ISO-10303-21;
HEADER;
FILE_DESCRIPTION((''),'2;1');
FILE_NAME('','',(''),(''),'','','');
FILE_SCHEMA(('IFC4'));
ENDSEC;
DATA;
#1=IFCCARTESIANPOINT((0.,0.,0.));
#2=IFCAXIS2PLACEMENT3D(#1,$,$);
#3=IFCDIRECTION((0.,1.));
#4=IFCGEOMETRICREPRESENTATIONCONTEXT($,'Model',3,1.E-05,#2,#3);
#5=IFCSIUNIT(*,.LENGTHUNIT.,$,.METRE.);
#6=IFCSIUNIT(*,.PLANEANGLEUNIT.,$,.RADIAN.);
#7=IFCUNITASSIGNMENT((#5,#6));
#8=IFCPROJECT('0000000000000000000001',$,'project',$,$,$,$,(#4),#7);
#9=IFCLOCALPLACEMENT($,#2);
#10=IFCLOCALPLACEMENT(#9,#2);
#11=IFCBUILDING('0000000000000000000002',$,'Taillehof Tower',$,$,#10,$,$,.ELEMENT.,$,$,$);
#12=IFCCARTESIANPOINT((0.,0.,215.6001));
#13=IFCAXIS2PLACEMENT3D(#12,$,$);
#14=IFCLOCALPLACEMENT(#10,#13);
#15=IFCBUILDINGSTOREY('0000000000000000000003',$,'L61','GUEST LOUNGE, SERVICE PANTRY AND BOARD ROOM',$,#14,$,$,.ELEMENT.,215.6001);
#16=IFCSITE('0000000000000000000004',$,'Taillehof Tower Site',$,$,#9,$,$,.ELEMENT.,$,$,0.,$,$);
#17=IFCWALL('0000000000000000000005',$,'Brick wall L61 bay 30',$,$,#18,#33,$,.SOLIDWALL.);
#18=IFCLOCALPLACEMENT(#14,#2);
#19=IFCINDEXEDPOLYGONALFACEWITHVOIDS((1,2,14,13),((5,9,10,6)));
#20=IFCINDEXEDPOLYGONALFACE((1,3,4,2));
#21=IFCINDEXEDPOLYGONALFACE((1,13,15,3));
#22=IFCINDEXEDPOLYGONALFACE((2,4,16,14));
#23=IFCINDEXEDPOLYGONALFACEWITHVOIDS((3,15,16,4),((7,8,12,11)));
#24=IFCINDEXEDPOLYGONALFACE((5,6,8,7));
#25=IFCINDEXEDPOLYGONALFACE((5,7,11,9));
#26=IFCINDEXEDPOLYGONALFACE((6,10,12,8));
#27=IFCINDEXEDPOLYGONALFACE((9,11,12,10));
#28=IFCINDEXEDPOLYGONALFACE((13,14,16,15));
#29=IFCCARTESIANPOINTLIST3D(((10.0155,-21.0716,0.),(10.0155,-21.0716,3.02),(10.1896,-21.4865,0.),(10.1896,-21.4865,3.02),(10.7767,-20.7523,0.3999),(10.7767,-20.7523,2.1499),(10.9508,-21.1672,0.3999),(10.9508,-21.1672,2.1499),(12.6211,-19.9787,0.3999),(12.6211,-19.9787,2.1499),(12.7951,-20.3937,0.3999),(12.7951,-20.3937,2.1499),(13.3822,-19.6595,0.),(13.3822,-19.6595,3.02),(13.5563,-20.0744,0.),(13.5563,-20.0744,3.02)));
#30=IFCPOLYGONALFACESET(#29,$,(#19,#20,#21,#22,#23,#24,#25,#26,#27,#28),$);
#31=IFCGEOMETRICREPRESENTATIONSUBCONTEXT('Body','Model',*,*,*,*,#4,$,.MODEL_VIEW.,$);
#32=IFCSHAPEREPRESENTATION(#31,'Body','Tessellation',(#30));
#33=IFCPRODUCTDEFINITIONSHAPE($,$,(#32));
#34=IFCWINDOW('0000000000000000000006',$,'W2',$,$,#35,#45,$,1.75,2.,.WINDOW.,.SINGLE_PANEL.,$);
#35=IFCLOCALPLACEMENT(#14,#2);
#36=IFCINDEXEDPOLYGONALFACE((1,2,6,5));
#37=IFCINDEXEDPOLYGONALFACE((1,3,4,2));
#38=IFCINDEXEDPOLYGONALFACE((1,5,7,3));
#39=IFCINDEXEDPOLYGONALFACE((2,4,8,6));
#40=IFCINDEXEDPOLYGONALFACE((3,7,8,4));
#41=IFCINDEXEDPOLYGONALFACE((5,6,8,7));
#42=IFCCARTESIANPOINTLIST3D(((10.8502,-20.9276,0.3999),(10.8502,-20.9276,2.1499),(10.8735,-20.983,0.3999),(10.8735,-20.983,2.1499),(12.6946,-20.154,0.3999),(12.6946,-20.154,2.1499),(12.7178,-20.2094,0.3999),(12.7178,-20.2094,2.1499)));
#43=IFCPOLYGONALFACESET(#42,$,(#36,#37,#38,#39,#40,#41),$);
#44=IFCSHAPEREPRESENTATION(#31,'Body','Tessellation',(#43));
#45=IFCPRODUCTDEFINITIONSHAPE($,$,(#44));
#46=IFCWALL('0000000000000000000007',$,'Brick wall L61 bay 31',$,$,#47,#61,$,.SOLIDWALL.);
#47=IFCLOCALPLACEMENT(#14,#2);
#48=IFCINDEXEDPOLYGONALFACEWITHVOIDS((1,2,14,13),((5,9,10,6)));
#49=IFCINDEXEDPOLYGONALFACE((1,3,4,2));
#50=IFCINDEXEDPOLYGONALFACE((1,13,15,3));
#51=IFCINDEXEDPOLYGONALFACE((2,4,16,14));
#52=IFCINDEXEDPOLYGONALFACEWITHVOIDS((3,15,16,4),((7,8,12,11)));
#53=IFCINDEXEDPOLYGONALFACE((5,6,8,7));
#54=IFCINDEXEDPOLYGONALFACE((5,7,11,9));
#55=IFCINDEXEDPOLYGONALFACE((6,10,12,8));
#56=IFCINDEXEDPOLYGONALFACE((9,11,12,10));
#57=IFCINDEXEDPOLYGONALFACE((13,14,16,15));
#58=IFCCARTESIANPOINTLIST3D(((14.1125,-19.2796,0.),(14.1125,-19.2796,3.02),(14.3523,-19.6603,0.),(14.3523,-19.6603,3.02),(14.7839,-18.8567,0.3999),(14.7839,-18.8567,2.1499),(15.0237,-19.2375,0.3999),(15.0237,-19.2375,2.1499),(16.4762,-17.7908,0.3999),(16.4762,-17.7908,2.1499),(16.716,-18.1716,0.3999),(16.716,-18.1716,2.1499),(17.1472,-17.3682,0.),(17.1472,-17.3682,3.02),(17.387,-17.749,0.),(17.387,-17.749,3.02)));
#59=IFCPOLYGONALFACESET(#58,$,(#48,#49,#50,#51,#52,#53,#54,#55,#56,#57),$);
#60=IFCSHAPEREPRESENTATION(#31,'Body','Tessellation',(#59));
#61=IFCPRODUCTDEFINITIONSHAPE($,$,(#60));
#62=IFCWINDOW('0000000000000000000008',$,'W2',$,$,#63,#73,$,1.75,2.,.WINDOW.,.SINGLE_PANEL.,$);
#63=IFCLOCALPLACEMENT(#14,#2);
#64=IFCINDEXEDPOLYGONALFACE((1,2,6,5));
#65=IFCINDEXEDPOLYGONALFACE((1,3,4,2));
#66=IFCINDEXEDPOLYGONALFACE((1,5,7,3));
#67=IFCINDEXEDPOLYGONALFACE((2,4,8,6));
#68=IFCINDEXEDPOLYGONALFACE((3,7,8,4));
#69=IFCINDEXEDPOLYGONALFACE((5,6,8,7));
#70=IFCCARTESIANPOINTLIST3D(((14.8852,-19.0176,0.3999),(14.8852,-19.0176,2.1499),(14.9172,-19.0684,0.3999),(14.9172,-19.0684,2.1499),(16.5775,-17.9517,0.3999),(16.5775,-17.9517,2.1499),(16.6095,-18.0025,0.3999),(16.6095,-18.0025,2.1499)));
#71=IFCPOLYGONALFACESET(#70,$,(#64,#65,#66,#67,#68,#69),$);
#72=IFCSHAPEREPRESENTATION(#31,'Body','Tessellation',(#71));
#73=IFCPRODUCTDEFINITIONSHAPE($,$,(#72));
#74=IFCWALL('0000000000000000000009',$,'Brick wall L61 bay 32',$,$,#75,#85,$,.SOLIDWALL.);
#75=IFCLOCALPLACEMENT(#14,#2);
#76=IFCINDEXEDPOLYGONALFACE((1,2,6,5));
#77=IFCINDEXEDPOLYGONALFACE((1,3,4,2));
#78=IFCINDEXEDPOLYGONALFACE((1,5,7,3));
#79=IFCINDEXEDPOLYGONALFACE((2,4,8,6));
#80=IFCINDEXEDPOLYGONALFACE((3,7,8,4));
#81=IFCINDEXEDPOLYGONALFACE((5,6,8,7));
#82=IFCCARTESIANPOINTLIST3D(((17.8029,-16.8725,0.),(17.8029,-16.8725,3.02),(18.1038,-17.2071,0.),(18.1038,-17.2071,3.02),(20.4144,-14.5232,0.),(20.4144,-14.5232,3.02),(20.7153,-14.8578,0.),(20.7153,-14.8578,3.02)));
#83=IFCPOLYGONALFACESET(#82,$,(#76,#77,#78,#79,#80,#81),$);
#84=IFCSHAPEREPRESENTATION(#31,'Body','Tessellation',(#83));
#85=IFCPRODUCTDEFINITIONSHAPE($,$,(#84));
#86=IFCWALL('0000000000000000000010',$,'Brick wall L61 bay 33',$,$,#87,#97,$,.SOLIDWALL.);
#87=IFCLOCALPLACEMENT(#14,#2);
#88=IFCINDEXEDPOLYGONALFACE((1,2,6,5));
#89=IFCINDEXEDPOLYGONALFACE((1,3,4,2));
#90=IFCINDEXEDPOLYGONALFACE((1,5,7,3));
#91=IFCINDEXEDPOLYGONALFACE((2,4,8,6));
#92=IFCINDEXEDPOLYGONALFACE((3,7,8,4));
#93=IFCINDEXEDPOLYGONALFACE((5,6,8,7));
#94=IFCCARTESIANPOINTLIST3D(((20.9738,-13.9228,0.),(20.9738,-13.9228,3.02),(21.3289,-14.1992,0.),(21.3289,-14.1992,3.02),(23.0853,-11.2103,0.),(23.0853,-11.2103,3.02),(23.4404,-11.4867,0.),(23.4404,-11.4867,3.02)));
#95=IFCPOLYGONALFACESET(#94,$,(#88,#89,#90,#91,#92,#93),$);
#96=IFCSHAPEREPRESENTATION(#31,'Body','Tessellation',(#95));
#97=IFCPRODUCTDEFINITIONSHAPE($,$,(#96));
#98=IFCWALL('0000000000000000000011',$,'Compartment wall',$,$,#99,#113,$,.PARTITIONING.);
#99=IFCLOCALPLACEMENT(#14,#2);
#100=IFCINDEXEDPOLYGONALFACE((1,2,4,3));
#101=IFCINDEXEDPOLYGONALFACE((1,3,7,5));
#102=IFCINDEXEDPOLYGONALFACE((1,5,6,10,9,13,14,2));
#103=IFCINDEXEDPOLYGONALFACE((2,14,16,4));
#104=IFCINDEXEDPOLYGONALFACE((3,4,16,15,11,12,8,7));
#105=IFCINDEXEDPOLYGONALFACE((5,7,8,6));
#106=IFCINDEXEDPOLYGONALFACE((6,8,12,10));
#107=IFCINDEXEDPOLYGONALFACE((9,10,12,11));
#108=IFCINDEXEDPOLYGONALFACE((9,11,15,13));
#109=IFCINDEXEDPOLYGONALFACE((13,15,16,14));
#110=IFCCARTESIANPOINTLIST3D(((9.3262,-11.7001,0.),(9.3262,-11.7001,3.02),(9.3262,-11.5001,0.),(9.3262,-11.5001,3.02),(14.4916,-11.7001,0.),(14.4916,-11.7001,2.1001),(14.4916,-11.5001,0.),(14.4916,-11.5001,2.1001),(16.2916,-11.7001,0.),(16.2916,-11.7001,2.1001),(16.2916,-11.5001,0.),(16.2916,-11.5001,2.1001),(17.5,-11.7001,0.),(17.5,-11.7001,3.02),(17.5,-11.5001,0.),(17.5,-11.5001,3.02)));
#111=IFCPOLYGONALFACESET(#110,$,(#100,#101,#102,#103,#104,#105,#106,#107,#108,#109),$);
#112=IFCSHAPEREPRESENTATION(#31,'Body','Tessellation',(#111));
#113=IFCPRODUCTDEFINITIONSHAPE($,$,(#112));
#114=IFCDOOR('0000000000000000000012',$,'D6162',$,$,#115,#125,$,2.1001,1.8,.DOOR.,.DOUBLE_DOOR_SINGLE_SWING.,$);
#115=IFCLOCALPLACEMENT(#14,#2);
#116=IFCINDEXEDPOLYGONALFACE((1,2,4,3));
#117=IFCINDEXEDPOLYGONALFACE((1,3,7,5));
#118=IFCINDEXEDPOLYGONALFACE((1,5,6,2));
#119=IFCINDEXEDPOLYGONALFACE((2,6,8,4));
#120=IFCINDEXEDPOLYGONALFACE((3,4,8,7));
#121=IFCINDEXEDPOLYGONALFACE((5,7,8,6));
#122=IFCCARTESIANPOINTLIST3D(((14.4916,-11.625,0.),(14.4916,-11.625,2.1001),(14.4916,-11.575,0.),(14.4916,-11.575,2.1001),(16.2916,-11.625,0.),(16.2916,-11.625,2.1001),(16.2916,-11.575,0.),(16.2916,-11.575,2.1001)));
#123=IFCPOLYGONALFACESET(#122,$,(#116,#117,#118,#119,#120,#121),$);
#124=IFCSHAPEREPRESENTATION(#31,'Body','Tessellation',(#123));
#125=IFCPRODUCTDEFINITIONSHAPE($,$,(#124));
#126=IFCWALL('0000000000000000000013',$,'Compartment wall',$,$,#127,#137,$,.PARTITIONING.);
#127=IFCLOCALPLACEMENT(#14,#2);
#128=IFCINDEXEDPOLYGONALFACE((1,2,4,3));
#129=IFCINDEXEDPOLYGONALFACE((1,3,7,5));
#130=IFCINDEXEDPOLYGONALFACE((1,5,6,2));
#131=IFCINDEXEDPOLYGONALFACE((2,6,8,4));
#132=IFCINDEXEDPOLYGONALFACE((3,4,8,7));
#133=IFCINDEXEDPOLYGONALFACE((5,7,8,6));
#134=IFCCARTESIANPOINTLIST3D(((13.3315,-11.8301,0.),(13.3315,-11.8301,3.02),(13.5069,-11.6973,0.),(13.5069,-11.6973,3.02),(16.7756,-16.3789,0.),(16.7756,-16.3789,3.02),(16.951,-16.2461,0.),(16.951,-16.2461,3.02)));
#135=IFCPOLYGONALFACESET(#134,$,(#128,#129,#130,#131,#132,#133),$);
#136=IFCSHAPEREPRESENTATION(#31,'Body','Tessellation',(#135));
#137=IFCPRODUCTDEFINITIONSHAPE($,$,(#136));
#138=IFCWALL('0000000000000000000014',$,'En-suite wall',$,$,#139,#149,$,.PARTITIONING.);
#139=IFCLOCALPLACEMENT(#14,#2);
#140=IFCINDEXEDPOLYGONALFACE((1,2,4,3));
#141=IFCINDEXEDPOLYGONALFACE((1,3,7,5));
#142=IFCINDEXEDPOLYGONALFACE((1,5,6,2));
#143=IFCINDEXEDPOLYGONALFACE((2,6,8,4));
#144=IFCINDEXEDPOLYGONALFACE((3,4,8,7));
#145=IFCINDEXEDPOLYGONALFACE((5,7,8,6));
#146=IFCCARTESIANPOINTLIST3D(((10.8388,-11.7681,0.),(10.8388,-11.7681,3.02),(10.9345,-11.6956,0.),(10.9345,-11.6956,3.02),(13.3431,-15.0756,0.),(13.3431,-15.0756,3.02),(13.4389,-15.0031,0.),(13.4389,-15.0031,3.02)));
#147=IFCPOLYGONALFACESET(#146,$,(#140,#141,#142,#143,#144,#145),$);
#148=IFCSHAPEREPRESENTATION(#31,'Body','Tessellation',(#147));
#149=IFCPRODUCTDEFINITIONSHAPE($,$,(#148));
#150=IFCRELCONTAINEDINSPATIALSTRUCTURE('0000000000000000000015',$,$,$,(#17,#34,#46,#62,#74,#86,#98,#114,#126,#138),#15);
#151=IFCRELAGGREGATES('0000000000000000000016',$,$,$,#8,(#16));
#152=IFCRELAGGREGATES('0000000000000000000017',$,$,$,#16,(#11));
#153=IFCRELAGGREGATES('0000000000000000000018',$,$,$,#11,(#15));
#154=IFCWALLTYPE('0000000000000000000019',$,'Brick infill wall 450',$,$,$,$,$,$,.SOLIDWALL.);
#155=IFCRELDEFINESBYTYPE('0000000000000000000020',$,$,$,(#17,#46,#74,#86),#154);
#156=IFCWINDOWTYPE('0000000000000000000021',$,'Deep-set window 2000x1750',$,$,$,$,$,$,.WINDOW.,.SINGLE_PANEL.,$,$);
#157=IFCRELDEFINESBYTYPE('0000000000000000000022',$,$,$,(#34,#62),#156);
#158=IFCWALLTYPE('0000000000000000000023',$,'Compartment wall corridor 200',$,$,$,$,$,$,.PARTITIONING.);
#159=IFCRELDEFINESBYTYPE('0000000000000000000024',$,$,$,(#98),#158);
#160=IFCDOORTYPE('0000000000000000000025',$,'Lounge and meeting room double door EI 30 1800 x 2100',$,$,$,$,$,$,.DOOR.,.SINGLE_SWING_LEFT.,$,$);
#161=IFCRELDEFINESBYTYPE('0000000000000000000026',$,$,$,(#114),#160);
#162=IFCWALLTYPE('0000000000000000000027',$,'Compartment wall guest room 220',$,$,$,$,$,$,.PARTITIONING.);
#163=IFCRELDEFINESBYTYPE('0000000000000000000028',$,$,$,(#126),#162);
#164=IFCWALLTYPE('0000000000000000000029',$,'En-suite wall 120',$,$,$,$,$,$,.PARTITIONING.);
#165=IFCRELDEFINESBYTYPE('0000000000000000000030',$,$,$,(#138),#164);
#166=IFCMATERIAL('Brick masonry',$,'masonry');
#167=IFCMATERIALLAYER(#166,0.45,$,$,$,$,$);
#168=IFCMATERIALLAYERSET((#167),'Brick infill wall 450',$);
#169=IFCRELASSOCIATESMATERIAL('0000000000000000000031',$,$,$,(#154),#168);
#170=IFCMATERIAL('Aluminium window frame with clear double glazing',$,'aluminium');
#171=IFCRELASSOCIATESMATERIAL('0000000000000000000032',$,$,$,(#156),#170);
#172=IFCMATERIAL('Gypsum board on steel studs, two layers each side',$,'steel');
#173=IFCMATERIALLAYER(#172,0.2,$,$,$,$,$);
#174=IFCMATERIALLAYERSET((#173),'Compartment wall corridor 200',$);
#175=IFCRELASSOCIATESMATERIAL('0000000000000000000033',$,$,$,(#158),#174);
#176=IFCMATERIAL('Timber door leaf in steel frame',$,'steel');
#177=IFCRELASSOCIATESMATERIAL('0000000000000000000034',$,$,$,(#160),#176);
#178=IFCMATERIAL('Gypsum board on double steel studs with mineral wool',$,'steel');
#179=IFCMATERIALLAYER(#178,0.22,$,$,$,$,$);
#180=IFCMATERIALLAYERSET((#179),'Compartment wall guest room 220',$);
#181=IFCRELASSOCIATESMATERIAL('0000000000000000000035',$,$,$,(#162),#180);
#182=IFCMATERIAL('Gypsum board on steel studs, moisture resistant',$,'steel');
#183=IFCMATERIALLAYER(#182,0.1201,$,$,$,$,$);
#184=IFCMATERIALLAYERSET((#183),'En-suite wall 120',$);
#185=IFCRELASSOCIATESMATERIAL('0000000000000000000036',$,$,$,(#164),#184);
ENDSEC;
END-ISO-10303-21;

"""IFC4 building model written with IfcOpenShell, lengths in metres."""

from ifc_helpers import new_model, si_unit, direction, frame, frame_2d, origin, place, context, subcontext, project, spatial, rectangle, extrude, material, layer, layer_set, type_object, element, fill, save


model = new_model("IFC4")

# Units and contexts
model_context = context("Model", 3, precision=1e-05, world=origin(), true_north=direction((0.0, 1.0)))
body_context = subcontext(model_context, "Body", "Model", "MODEL_VIEW")
ifc_project = project(units=[si_unit("LENGTHUNIT", "METRE"), si_unit("PLANEANGLEUNIT", "RADIAN")], contexts=[model_context])

# Site, building, storey
site_placement = place(None, origin())
site = spatial("IfcSite", under=ifc_project, at=site_placement, Name="Taillehof Tower Site", CompositionType="ELEMENT", RefElevation=0.0)
building_placement = place(site_placement, origin())
building = spatial("IfcBuilding", under=site, at=building_placement, Name="Taillehof Tower", CompositionType="ELEMENT")
storey_placement = place(building_placement, frame((0.0, 0.0, 215.6001)))
storey = spatial("IfcBuildingStorey", under=building, at=storey_placement, Name="L61", Description="GUEST LOUNGE, SERVICE PANTRY AND BOARD ROOM", CompositionType="ELEMENT", Elevation=215.6001)

# Walls, openings, windows
ifc_material_1 = material(Name="Brick masonry", Category="masonry")
ifc_layer_1 = layer(ifc_material_1, 0.45)
ifc_layer_set_1 = layer_set([ifc_layer_1], Name="Brick infill wall 450")
wall_type_1 = type_object("IfcWallType", Name="Brick infill wall 450", PredefinedType="SOLIDWALL", material=ifc_layer_set_1)
wall_1_placement = place(storey_placement, frame((10.1025, -21.2791, 0.0), z_axis=(0.0, 0.0, 1.0), x_axis=(0.922168, 0.386789, 0.0)))
wall_1 = element("IfcWall", 1, at=wall_1_placement, inside=storey, type_object=wall_type_1, Name="Brick wall L61 bay 30", PredefinedType="SOLIDWALL", context=body_context, shape_type="SweptSolid", body=[
    extrude(rectangle(XDim=3.6509, YDim=0.45, at=frame_2d((1.8254, 0.0))), origin(), (0.0, 0.0, 1.0), 3.02),
])
opening_1_placement = place(wall_1_placement, frame((0.8254, 0.0, 0.3999)))
opening_1 = element("IfcOpeningElement", 2, at=opening_1_placement, cuts=wall_1, PredefinedType="OPENING", context=body_context, shape_type="SweptSolid", body=[
    extrude(rectangle(XDim=2.0, YDim=1.75, at=frame_2d((1.0, 0.875))), frame((0.0, 0.2349, 0.0), z_axis=(0.0, -1.0, 0.0), x_axis=(1.0, 0.0, 0.0)), (0.0, 0.0, 1.0), 0.47),
])
ifc_material_2 = material(Name="Aluminium window frame with clear double glazing", Category="aluminium")
window_type = type_object("IfcWindowType", Name="Deep-set window 2000x1750", PartitioningType="SINGLE_PANEL", PredefinedType="WINDOW", material=ifc_material_2)
window_1_placement = place(opening_1_placement, origin())
window_1 = element("IfcWindow", 3, at=window_1_placement, inside=storey, type_object=window_type, Name="W2", OverallHeight=1.75, OverallWidth=2.0, PartitioningType="SINGLE_PANEL", PredefinedType="WINDOW", context=body_context, shape_type="SweptSolid", body=[
    extrude(rectangle(XDim=2.0, YDim=1.75, at=frame_2d((1.0, 0.875))), frame((0.0, 0.0349, 0.0), z_axis=(0.0, -1.0, 0.0), x_axis=(1.0, 0.0, 0.0)), (0.0, 0.0, 1.0), 0.0601),
])
fill(opening_1, window_1)
wall_2_placement = place(storey_placement, frame((14.2324, -19.47, 0.0), z_axis=(0.0, 0.0, 1.0), x_axis=(0.84615, 0.532945, 0.0)))
wall_2 = element("IfcWall", 4, at=wall_2_placement, inside=storey, type_object=wall_type_1, Name="Brick wall L61 bay 31", PredefinedType="SOLIDWALL", context=body_context, shape_type="SweptSolid", body=[
    extrude(rectangle(XDim=3.5864, YDim=0.45, at=frame_2d((1.7932, 0.0))), origin(), (0.0, 0.0, 1.0), 3.02),
])
opening_2_placement = place(wall_2_placement, frame((0.7935, 0.0, 0.3999)))
opening_2 = element("IfcOpeningElement", 5, at=opening_2_placement, cuts=wall_2, PredefinedType="OPENING", context=body_context, shape_type="SweptSolid", body=[
    extrude(rectangle(XDim=2.0, YDim=1.75, at=frame_2d((1.0, 0.875))), frame((0.0, 0.2349, 0.0), z_axis=(0.0, -1.0, 0.0), x_axis=(1.0, 0.0, 0.0)), (0.0, 0.0, 1.0), 0.47),
])
window_2_placement = place(opening_2_placement, origin())
window_2 = element("IfcWindow", 6, at=window_2_placement, inside=storey, type_object=window_type, Name="W2", OverallHeight=1.75, OverallWidth=2.0, PartitioningType="SINGLE_PANEL", PredefinedType="WINDOW", context=body_context, shape_type="SweptSolid", body=[
    extrude(rectangle(XDim=2.0, YDim=1.75, at=frame_2d((1.0, 0.875))), frame((0.0, 0.0349, 0.0), z_axis=(0.0, -1.0, 0.0), x_axis=(1.0, 0.0, 0.0)), (0.0, 0.0, 1.0), 0.0601),
])
fill(opening_2, window_2)

# Walls
wall_3_placement = place(storey_placement, frame((17.9534, -17.0398, 0.0), z_axis=(0.0, 0.0, 1.0), x_axis=(0.743443, 0.6688, 0.0)))
element("IfcWall", 7, at=wall_3_placement, inside=storey, type_object=wall_type_1, Name="Brick wall L61 bay 32", PredefinedType="SOLIDWALL", context=body_context, shape_type="SweptSolid", body=[
    extrude(rectangle(XDim=3.5127, YDim=0.45, at=frame_2d((1.7563, 0.0))), origin(), (0.0, 0.0, 1.0), 3.02),
])
wall_4_placement = place(storey_placement, frame((21.1514, -14.061, 0.0), z_axis=(0.0, 0.0, 1.0), x_axis=(0.614255, 0.789107, 0.0)))
element("IfcWall", 8, at=wall_4_placement, inside=storey, type_object=wall_type_1, Name="Brick wall L61 bay 33", PredefinedType="SOLIDWALL", context=body_context, shape_type="SweptSolid", body=[
    extrude(rectangle(XDim=3.4375, YDim=0.45, at=frame_2d((1.7188, 0.0))), origin(), (0.0, 0.0, 1.0), 3.02),
])

# Wall, opening, door
ifc_material_3 = material(Name="Gypsum board on steel studs, two layers each side", Category="steel")
ifc_layer_2 = layer(ifc_material_3, 0.2)
ifc_layer_set_2 = layer_set([ifc_layer_2], Name="Compartment wall corridor 200")
wall_type_2 = type_object("IfcWallType", Name="Compartment wall corridor 200", PredefinedType="PARTITIONING", material=ifc_layer_set_2)
wall_5_placement = place(storey_placement, frame((17.5, -11.6001, 0.0), z_axis=(0.0, 0.0, 1.0), x_axis=(-1.0, 0.0, 0.0)))
wall_5 = element("IfcWall", 9, at=wall_5_placement, inside=storey, type_object=wall_type_2, Name="Compartment wall", PredefinedType="PARTITIONING", context=body_context, shape_type="SweptSolid", body=[
    extrude(rectangle(XDim=8.1738, YDim=0.2, at=frame_2d((4.0869, 0.0))), origin(), (0.0, 0.0, 1.0), 3.02),
])
opening_3_placement = place(wall_5_placement, frame((1.2085, 0.0, 0.0)))
opening_3 = element("IfcOpeningElement", 10, at=opening_3_placement, cuts=wall_5, PredefinedType="OPENING", context=body_context, shape_type="SweptSolid", body=[
    extrude(rectangle(XDim=1.8, YDim=2.1001, at=frame_2d((0.8999, 1.05))), frame((0.0, 0.1099, 0.0), z_axis=(0.0, -1.0, 0.0), x_axis=(1.0, 0.0, 0.0)), (0.0, 0.0, 1.0), 0.22),
])
ifc_material_4 = material(Name="Timber door leaf in steel frame", Category="steel")
door_type_1 = type_object("IfcDoorType", Name="Lounge and meeting room double door EI 30 1800 x 2100", OperationType="SINGLE_SWING_LEFT", PredefinedType="DOOR", material=ifc_material_4)
door_1_placement = place(opening_3_placement, origin())
door_1 = element("IfcDoor", 11, at=door_1_placement, inside=storey, type_object=door_type_1, Name="D6162", OperationType="DOUBLE_DOOR_SINGLE_SWING", OverallHeight=2.1001, OverallWidth=1.8, PredefinedType="DOOR", context=body_context, shape_type="SweptSolid", body=[
    extrude(rectangle(XDim=1.8, YDim=2.1001, at=frame_2d((0.8999, 1.05))), frame((0.0, 0.0249, 0.0), z_axis=(0.0, -1.0, 0.0), x_axis=(1.0, 0.0, 0.0)), (0.0, 0.0, 1.0), 0.05),
])
fill(opening_3, door_1)

# Walls
ifc_material_5 = material(Name="Gypsum board on double steel studs with mineral wool", Category="steel")
ifc_layer_3 = layer(ifc_material_5, 0.22)
ifc_layer_set_3 = layer_set([ifc_layer_3], Name="Compartment wall guest room 220")
wall_type_3 = type_object("IfcWallType", Name="Compartment wall guest room 220", PredefinedType="PARTITIONING", material=ifc_layer_set_3)
wall_6_placement = place(storey_placement, frame((16.8633, -16.3125, 0.0), z_axis=(0.0, 0.0, 1.0), x_axis=(-0.603636, 0.79726, 0.0)))
element("IfcWall", 12, at=wall_6_placement, inside=storey, type_object=wall_type_3, Name="Compartment wall", PredefinedType="PARTITIONING", context=body_context, shape_type="SweptSolid", body=[
    extrude(rectangle(XDim=5.7056, YDim=0.22, at=frame_2d((2.8528, 0.0))), origin(), (0.0, 0.0, 1.0), 3.02),
])
ifc_material_6 = material(Name="Gypsum board on steel studs, moisture resistant", Category="steel")
ifc_layer_4 = layer(ifc_material_6, 0.1201)
ifc_layer_set_4 = layer_set([ifc_layer_4], Name="En-suite wall 120")
wall_type_4 = type_object("IfcWallType", Name="En-suite wall 120", PredefinedType="PARTITIONING", material=ifc_layer_set_4)
wall_7_placement = place(storey_placement, frame((10.8867, -11.7319, 0.0), z_axis=(0.0, 0.0, 1.0), x_axis=(0.603647, -0.797252, 0.0)))
element("IfcWall", 13, at=wall_7_placement, inside=storey, type_object=wall_type_4, Name="En-suite wall", PredefinedType="PARTITIONING", context=body_context, shape_type="SweptSolid", body=[
    extrude(rectangle(XDim=4.1487, YDim=0.1201, at=frame_2d((2.0742, 0.0))), origin(), (0.0, 0.0, 1.0), 3.02),
])

save(model, "model.ifc")
